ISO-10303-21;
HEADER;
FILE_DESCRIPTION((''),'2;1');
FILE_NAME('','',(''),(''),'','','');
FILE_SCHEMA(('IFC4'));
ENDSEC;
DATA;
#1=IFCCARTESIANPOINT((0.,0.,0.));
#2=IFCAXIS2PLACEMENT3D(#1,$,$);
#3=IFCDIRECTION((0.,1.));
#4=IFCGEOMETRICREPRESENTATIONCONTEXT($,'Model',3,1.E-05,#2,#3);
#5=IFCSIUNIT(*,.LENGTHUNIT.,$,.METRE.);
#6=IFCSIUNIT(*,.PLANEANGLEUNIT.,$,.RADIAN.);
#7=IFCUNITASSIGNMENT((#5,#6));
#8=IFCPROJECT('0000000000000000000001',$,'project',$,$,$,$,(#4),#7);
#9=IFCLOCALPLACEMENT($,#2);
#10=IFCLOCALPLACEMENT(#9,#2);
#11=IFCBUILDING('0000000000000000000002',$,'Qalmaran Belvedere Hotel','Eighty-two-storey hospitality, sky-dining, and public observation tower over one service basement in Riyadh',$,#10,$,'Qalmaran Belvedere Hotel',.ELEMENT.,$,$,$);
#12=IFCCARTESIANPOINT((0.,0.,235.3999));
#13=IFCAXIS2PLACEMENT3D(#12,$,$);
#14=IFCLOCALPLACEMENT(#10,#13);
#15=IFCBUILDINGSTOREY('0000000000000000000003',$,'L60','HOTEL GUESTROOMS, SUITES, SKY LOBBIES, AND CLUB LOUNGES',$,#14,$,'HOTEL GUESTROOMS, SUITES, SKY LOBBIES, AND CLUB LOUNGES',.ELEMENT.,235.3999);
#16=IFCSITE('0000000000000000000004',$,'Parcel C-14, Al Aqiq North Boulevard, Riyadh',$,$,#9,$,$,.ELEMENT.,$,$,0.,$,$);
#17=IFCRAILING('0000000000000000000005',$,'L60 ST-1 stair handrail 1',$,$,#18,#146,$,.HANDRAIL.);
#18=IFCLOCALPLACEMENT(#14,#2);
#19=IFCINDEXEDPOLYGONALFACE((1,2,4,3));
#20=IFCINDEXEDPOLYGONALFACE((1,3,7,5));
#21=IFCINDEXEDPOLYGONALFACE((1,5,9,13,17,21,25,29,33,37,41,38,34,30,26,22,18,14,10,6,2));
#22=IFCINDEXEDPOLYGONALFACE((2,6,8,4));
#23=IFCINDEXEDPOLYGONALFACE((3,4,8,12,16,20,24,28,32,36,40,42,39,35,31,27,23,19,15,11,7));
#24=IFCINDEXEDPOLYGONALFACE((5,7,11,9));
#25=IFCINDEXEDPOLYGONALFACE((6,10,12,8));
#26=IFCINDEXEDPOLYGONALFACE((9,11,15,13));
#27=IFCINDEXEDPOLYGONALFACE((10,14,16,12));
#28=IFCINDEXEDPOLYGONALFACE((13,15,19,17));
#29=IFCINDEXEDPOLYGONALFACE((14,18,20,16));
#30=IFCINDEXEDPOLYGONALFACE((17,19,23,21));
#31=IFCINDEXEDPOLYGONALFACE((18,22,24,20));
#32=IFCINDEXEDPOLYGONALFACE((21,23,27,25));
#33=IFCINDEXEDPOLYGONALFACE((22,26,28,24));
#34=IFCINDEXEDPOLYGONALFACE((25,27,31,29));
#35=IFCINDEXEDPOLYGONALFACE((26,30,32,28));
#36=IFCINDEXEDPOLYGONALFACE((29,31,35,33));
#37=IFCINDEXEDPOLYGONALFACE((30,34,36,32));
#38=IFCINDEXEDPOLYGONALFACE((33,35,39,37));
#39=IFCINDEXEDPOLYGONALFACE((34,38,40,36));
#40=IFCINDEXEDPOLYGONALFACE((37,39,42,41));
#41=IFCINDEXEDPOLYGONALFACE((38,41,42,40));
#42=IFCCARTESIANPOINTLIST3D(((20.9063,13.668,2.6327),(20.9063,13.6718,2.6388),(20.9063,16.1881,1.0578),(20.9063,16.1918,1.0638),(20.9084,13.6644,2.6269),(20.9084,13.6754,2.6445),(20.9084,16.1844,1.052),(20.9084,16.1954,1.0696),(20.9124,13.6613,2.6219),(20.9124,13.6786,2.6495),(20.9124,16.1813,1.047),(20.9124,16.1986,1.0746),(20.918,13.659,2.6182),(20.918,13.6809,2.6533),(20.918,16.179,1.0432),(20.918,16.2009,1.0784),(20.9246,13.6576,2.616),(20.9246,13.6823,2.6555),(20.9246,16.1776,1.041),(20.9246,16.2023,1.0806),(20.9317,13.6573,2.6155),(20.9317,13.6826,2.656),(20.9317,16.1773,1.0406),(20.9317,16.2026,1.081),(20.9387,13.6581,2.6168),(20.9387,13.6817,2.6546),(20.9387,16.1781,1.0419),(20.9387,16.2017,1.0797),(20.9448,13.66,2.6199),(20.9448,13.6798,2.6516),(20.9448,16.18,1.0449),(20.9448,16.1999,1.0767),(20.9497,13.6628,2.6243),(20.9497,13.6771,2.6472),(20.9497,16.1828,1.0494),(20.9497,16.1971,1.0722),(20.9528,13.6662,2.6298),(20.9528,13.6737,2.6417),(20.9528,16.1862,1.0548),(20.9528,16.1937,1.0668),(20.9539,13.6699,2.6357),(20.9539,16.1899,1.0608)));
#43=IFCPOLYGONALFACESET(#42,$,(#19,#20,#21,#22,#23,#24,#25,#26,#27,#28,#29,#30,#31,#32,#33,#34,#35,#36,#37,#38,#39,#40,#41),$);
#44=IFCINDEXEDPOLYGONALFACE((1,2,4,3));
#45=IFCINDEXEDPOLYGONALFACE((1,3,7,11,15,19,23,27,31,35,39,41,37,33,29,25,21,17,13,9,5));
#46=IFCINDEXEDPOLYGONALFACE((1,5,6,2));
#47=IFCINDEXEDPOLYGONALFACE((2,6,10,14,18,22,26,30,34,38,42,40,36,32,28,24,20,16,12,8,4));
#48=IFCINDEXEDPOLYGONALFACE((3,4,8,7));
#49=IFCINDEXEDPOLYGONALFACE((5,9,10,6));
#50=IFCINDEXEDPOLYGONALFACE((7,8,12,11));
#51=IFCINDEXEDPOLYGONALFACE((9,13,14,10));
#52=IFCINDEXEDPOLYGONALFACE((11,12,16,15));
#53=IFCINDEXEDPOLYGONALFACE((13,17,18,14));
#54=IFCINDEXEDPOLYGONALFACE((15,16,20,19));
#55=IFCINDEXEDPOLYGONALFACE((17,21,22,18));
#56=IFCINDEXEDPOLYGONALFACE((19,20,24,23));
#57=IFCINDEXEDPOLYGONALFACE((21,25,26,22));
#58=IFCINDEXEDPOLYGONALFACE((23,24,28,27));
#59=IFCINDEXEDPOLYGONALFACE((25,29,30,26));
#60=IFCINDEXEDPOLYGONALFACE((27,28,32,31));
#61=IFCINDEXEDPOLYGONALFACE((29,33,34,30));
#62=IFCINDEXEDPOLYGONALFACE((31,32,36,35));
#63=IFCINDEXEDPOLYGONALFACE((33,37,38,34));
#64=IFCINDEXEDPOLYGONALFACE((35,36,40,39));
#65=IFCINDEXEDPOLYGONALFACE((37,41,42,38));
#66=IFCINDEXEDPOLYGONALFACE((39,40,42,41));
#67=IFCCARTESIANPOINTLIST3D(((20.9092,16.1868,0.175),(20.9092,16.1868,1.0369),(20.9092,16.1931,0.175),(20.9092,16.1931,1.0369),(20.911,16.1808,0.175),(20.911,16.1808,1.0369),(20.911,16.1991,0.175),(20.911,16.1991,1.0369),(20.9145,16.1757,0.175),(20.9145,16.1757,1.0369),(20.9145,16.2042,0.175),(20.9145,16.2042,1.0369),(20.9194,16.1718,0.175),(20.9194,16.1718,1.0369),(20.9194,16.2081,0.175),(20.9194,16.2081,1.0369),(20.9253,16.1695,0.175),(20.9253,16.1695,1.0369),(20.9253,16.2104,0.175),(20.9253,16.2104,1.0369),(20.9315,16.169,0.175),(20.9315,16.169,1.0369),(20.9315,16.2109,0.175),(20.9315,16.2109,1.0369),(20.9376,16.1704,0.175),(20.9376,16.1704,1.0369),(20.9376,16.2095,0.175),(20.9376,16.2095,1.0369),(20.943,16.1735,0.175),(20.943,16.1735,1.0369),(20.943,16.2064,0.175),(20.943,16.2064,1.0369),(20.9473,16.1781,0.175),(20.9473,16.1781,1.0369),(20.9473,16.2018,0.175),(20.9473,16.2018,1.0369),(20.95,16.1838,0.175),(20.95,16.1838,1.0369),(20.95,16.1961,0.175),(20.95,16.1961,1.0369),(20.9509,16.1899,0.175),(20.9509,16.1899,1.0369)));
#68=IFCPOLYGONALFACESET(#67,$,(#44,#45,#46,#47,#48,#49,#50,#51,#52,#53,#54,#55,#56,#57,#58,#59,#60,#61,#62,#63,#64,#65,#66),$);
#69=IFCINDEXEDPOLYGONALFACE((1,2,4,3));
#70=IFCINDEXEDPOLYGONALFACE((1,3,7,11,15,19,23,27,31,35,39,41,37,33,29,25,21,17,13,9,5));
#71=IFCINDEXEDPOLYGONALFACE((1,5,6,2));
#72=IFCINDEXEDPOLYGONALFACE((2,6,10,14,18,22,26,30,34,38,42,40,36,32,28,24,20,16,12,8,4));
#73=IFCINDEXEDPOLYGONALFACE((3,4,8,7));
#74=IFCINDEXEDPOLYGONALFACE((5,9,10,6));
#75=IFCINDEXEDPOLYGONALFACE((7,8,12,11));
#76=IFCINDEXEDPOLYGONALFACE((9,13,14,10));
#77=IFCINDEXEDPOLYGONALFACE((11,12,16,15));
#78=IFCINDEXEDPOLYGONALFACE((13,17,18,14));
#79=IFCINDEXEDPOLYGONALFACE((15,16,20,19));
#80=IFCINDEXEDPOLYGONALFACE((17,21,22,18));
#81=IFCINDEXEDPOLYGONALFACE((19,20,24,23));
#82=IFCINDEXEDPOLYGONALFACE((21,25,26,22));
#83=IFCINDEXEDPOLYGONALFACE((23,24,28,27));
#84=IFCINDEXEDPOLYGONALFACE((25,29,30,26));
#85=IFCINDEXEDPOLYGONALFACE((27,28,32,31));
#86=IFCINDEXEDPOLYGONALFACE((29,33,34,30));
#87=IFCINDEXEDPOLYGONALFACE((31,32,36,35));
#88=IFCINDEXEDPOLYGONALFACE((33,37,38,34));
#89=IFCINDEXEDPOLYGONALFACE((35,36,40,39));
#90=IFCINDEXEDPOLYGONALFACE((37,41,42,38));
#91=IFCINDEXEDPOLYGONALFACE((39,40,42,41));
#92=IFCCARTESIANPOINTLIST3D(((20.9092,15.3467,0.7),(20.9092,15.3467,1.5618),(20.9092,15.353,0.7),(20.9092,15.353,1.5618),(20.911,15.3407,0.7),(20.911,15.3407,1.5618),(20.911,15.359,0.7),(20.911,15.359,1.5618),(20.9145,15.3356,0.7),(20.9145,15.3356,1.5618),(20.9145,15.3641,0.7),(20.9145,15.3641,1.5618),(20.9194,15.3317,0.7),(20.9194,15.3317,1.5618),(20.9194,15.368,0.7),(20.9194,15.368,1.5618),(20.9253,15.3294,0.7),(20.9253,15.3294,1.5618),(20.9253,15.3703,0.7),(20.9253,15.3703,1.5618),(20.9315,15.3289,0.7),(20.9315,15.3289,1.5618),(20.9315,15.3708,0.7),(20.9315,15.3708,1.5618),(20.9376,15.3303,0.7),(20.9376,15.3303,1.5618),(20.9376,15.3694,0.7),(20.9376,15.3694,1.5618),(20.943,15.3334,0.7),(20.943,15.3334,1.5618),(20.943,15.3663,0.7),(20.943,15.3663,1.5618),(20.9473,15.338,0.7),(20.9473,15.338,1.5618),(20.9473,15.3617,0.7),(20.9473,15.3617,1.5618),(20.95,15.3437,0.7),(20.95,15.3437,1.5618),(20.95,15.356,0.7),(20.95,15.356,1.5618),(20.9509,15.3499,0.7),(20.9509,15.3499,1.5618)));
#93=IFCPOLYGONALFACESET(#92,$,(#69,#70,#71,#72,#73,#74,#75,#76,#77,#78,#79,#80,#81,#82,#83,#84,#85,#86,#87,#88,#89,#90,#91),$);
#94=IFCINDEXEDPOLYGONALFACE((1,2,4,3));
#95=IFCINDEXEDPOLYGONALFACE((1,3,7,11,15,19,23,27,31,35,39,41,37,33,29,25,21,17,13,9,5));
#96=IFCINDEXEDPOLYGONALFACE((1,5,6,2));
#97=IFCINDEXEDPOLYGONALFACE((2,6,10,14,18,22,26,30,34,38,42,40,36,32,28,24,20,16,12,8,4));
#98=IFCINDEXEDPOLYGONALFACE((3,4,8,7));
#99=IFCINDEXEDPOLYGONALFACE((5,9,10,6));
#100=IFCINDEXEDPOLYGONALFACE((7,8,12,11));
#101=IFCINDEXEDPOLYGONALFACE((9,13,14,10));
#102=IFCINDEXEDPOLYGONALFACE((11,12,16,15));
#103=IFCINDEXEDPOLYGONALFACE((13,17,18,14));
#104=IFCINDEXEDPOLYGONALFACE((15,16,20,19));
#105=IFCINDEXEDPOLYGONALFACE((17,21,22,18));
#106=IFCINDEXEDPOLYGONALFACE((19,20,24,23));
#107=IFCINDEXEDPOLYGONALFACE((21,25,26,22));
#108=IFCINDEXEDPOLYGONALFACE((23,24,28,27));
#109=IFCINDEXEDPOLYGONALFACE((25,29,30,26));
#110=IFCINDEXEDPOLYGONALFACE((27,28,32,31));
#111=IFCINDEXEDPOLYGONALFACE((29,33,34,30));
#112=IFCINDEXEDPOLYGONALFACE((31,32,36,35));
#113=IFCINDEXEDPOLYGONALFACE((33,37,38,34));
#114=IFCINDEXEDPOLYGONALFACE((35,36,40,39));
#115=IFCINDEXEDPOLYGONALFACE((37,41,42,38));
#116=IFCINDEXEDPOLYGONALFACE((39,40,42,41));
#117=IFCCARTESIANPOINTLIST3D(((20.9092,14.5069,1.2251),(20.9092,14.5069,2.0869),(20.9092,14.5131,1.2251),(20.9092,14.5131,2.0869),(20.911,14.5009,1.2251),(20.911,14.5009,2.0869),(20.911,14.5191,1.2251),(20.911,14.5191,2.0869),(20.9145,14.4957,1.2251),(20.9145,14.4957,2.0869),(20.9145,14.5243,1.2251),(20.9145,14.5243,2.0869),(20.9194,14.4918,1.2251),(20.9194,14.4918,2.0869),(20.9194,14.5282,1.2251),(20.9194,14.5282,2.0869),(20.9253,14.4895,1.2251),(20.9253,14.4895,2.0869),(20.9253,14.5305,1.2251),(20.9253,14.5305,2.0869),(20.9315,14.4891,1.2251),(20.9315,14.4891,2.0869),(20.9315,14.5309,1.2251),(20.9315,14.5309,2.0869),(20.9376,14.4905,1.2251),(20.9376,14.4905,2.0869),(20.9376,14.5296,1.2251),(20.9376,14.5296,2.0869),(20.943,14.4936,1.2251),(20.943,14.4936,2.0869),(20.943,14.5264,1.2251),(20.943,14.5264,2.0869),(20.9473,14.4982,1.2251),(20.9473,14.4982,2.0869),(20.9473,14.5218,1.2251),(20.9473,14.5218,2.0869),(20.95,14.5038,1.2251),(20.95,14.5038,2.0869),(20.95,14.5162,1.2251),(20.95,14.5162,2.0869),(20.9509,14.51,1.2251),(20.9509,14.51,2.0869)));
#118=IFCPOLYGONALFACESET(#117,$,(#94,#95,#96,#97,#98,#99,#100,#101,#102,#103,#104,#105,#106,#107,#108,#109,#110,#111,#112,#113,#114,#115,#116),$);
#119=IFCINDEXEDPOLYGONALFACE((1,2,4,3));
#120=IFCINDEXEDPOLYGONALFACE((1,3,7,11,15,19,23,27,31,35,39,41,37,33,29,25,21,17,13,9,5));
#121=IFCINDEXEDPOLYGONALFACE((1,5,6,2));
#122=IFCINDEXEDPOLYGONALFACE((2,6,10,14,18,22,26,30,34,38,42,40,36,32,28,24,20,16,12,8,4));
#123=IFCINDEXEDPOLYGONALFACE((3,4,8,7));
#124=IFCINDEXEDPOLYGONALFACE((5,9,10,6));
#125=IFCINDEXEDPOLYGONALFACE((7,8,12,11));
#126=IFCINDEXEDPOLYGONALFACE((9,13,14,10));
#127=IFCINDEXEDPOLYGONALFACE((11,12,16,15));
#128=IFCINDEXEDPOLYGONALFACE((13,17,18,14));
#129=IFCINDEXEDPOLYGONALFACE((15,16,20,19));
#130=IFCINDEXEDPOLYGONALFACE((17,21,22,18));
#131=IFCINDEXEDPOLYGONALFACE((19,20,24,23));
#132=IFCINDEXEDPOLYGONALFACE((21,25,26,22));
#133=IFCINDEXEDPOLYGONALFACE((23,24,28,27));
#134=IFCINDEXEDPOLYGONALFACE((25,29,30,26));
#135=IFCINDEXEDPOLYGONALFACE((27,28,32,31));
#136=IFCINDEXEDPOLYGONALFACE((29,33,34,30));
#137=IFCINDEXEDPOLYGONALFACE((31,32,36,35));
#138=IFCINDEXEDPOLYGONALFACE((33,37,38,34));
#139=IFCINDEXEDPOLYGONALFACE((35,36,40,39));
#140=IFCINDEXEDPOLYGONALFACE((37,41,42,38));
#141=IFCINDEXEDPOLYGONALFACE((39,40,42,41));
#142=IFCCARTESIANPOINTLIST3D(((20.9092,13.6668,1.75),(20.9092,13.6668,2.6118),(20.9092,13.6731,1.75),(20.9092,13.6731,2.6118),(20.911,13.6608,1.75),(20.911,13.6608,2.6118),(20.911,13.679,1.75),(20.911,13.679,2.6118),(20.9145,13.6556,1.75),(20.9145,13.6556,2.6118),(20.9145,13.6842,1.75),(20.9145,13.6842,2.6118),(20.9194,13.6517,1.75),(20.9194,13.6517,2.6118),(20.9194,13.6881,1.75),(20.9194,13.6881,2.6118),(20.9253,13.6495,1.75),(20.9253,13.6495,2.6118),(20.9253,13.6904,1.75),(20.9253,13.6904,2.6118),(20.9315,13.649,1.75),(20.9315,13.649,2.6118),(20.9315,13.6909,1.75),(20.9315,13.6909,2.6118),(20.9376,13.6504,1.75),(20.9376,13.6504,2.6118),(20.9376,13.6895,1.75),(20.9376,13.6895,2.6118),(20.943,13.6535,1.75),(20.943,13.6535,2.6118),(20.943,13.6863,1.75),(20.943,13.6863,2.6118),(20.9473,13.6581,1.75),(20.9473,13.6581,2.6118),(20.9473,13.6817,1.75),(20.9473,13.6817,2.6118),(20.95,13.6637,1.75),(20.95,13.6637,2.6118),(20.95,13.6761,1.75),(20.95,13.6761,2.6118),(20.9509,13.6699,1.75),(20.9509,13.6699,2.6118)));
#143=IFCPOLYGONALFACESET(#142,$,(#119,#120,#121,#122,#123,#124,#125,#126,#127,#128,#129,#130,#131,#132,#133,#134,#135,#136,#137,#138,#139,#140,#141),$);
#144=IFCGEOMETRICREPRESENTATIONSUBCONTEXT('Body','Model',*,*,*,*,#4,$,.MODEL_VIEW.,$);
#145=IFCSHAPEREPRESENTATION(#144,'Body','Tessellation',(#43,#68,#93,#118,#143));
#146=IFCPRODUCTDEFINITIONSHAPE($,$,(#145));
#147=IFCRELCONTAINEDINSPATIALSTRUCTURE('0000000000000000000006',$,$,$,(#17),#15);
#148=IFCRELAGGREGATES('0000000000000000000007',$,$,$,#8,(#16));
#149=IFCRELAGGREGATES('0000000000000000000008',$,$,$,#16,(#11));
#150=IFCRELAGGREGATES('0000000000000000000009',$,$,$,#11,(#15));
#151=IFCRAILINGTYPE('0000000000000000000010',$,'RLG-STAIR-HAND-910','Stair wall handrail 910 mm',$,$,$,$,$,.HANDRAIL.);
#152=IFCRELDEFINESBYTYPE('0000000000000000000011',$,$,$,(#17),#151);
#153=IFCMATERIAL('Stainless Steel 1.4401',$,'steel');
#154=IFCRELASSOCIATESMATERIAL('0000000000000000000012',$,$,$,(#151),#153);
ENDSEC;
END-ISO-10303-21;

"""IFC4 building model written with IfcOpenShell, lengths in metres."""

from ifc_helpers import new_model, si_unit, direction, frame, origin, origin_2d, place, context, subcontext, project, spatial, circle, extrude, material, type_object, element, save


model = new_model("IFC4")

# Units and contexts
model_context = context("Model", 3, precision=1e-05, world=origin(), true_north=direction((0.0, 1.0)))
body_context = subcontext(model_context, "Body", "Model", "MODEL_VIEW")
ifc_project = project(units=[si_unit("LENGTHUNIT", "METRE"), si_unit("PLANEANGLEUNIT", "RADIAN")], contexts=[model_context])

# Site, building, storey
site_placement = place(None, origin())
site = spatial("IfcSite", under=ifc_project, at=site_placement, Name="Parcel C-14, Al Aqiq North Boulevard, Riyadh", CompositionType="ELEMENT", RefElevation=0.0)
building_placement = place(site_placement, origin())
building = spatial("IfcBuilding", under=site, at=building_placement, Name="Qalmaran Belvedere Hotel", Description="Eighty-two-storey hospitality, sky-dining, and public observation tower over one service basement in Riyadh", LongName="Qalmaran Belvedere Hotel", CompositionType="ELEMENT")
storey_placement = place(building_placement, frame((0.0, 0.0, 235.3999)))
storey = spatial("IfcBuildingStorey", under=building, at=storey_placement, Name="L60", Description="HOTEL GUESTROOMS, SUITES, SKY LOBBIES, AND CLUB LOUNGES", LongName="HOTEL GUESTROOMS, SUITES, SKY LOBBIES, AND CLUB LOUNGES", CompositionType="ELEMENT", Elevation=235.3999)

# Shared definitions
ifc_material_1 = material(Name="Stainless Steel 1.4401", Category="steel")

# Railing
railing_type_1 = type_object("IfcRailingType", Name="RLG-STAIR-HAND-910", Description="Stair wall handrail 910 mm", PredefinedType="HANDRAIL", material=ifc_material_1)
railing_1_placement = place(storey_placement, frame((20.9299, 16.1899, 0.175)))
element("IfcRailing", 1, at=railing_1_placement, inside=storey, type_object=railing_type_1, Name="L60 ST-1 stair handrail 1", PredefinedType="HANDRAIL", context=body_context, shape_type="SweptSolid", body=[
    extrude(circle(Radius=0.0239, at=origin_2d()), frame((0.0, 0.0, 0.8857), z_axis=(0.0, -0.848008, 0.529984), x_axis=(1.0, 0.0, 0.0)), (0.0, 0.0, 1.0), 2.9717),
    extrude(circle(Radius=0.021, at=origin_2d()), origin(), (0.0, 0.0, 1.0), 0.8618),
    extrude(circle(Radius=0.021, at=origin_2d()), frame((0.0, -0.8401, 0.5249)), (0.0, 0.0, 1.0), 0.8618),
    extrude(circle(Radius=0.021, at=origin_2d()), frame((0.0, -1.6799, 1.05)), (0.0, 0.0, 1.0), 0.8618),
    extrude(circle(Radius=0.021, at=origin_2d()), frame((0.0, -2.52, 1.575)), (0.0, 0.0, 1.0), 0.8618),
])

save(model, "model.ifc")
